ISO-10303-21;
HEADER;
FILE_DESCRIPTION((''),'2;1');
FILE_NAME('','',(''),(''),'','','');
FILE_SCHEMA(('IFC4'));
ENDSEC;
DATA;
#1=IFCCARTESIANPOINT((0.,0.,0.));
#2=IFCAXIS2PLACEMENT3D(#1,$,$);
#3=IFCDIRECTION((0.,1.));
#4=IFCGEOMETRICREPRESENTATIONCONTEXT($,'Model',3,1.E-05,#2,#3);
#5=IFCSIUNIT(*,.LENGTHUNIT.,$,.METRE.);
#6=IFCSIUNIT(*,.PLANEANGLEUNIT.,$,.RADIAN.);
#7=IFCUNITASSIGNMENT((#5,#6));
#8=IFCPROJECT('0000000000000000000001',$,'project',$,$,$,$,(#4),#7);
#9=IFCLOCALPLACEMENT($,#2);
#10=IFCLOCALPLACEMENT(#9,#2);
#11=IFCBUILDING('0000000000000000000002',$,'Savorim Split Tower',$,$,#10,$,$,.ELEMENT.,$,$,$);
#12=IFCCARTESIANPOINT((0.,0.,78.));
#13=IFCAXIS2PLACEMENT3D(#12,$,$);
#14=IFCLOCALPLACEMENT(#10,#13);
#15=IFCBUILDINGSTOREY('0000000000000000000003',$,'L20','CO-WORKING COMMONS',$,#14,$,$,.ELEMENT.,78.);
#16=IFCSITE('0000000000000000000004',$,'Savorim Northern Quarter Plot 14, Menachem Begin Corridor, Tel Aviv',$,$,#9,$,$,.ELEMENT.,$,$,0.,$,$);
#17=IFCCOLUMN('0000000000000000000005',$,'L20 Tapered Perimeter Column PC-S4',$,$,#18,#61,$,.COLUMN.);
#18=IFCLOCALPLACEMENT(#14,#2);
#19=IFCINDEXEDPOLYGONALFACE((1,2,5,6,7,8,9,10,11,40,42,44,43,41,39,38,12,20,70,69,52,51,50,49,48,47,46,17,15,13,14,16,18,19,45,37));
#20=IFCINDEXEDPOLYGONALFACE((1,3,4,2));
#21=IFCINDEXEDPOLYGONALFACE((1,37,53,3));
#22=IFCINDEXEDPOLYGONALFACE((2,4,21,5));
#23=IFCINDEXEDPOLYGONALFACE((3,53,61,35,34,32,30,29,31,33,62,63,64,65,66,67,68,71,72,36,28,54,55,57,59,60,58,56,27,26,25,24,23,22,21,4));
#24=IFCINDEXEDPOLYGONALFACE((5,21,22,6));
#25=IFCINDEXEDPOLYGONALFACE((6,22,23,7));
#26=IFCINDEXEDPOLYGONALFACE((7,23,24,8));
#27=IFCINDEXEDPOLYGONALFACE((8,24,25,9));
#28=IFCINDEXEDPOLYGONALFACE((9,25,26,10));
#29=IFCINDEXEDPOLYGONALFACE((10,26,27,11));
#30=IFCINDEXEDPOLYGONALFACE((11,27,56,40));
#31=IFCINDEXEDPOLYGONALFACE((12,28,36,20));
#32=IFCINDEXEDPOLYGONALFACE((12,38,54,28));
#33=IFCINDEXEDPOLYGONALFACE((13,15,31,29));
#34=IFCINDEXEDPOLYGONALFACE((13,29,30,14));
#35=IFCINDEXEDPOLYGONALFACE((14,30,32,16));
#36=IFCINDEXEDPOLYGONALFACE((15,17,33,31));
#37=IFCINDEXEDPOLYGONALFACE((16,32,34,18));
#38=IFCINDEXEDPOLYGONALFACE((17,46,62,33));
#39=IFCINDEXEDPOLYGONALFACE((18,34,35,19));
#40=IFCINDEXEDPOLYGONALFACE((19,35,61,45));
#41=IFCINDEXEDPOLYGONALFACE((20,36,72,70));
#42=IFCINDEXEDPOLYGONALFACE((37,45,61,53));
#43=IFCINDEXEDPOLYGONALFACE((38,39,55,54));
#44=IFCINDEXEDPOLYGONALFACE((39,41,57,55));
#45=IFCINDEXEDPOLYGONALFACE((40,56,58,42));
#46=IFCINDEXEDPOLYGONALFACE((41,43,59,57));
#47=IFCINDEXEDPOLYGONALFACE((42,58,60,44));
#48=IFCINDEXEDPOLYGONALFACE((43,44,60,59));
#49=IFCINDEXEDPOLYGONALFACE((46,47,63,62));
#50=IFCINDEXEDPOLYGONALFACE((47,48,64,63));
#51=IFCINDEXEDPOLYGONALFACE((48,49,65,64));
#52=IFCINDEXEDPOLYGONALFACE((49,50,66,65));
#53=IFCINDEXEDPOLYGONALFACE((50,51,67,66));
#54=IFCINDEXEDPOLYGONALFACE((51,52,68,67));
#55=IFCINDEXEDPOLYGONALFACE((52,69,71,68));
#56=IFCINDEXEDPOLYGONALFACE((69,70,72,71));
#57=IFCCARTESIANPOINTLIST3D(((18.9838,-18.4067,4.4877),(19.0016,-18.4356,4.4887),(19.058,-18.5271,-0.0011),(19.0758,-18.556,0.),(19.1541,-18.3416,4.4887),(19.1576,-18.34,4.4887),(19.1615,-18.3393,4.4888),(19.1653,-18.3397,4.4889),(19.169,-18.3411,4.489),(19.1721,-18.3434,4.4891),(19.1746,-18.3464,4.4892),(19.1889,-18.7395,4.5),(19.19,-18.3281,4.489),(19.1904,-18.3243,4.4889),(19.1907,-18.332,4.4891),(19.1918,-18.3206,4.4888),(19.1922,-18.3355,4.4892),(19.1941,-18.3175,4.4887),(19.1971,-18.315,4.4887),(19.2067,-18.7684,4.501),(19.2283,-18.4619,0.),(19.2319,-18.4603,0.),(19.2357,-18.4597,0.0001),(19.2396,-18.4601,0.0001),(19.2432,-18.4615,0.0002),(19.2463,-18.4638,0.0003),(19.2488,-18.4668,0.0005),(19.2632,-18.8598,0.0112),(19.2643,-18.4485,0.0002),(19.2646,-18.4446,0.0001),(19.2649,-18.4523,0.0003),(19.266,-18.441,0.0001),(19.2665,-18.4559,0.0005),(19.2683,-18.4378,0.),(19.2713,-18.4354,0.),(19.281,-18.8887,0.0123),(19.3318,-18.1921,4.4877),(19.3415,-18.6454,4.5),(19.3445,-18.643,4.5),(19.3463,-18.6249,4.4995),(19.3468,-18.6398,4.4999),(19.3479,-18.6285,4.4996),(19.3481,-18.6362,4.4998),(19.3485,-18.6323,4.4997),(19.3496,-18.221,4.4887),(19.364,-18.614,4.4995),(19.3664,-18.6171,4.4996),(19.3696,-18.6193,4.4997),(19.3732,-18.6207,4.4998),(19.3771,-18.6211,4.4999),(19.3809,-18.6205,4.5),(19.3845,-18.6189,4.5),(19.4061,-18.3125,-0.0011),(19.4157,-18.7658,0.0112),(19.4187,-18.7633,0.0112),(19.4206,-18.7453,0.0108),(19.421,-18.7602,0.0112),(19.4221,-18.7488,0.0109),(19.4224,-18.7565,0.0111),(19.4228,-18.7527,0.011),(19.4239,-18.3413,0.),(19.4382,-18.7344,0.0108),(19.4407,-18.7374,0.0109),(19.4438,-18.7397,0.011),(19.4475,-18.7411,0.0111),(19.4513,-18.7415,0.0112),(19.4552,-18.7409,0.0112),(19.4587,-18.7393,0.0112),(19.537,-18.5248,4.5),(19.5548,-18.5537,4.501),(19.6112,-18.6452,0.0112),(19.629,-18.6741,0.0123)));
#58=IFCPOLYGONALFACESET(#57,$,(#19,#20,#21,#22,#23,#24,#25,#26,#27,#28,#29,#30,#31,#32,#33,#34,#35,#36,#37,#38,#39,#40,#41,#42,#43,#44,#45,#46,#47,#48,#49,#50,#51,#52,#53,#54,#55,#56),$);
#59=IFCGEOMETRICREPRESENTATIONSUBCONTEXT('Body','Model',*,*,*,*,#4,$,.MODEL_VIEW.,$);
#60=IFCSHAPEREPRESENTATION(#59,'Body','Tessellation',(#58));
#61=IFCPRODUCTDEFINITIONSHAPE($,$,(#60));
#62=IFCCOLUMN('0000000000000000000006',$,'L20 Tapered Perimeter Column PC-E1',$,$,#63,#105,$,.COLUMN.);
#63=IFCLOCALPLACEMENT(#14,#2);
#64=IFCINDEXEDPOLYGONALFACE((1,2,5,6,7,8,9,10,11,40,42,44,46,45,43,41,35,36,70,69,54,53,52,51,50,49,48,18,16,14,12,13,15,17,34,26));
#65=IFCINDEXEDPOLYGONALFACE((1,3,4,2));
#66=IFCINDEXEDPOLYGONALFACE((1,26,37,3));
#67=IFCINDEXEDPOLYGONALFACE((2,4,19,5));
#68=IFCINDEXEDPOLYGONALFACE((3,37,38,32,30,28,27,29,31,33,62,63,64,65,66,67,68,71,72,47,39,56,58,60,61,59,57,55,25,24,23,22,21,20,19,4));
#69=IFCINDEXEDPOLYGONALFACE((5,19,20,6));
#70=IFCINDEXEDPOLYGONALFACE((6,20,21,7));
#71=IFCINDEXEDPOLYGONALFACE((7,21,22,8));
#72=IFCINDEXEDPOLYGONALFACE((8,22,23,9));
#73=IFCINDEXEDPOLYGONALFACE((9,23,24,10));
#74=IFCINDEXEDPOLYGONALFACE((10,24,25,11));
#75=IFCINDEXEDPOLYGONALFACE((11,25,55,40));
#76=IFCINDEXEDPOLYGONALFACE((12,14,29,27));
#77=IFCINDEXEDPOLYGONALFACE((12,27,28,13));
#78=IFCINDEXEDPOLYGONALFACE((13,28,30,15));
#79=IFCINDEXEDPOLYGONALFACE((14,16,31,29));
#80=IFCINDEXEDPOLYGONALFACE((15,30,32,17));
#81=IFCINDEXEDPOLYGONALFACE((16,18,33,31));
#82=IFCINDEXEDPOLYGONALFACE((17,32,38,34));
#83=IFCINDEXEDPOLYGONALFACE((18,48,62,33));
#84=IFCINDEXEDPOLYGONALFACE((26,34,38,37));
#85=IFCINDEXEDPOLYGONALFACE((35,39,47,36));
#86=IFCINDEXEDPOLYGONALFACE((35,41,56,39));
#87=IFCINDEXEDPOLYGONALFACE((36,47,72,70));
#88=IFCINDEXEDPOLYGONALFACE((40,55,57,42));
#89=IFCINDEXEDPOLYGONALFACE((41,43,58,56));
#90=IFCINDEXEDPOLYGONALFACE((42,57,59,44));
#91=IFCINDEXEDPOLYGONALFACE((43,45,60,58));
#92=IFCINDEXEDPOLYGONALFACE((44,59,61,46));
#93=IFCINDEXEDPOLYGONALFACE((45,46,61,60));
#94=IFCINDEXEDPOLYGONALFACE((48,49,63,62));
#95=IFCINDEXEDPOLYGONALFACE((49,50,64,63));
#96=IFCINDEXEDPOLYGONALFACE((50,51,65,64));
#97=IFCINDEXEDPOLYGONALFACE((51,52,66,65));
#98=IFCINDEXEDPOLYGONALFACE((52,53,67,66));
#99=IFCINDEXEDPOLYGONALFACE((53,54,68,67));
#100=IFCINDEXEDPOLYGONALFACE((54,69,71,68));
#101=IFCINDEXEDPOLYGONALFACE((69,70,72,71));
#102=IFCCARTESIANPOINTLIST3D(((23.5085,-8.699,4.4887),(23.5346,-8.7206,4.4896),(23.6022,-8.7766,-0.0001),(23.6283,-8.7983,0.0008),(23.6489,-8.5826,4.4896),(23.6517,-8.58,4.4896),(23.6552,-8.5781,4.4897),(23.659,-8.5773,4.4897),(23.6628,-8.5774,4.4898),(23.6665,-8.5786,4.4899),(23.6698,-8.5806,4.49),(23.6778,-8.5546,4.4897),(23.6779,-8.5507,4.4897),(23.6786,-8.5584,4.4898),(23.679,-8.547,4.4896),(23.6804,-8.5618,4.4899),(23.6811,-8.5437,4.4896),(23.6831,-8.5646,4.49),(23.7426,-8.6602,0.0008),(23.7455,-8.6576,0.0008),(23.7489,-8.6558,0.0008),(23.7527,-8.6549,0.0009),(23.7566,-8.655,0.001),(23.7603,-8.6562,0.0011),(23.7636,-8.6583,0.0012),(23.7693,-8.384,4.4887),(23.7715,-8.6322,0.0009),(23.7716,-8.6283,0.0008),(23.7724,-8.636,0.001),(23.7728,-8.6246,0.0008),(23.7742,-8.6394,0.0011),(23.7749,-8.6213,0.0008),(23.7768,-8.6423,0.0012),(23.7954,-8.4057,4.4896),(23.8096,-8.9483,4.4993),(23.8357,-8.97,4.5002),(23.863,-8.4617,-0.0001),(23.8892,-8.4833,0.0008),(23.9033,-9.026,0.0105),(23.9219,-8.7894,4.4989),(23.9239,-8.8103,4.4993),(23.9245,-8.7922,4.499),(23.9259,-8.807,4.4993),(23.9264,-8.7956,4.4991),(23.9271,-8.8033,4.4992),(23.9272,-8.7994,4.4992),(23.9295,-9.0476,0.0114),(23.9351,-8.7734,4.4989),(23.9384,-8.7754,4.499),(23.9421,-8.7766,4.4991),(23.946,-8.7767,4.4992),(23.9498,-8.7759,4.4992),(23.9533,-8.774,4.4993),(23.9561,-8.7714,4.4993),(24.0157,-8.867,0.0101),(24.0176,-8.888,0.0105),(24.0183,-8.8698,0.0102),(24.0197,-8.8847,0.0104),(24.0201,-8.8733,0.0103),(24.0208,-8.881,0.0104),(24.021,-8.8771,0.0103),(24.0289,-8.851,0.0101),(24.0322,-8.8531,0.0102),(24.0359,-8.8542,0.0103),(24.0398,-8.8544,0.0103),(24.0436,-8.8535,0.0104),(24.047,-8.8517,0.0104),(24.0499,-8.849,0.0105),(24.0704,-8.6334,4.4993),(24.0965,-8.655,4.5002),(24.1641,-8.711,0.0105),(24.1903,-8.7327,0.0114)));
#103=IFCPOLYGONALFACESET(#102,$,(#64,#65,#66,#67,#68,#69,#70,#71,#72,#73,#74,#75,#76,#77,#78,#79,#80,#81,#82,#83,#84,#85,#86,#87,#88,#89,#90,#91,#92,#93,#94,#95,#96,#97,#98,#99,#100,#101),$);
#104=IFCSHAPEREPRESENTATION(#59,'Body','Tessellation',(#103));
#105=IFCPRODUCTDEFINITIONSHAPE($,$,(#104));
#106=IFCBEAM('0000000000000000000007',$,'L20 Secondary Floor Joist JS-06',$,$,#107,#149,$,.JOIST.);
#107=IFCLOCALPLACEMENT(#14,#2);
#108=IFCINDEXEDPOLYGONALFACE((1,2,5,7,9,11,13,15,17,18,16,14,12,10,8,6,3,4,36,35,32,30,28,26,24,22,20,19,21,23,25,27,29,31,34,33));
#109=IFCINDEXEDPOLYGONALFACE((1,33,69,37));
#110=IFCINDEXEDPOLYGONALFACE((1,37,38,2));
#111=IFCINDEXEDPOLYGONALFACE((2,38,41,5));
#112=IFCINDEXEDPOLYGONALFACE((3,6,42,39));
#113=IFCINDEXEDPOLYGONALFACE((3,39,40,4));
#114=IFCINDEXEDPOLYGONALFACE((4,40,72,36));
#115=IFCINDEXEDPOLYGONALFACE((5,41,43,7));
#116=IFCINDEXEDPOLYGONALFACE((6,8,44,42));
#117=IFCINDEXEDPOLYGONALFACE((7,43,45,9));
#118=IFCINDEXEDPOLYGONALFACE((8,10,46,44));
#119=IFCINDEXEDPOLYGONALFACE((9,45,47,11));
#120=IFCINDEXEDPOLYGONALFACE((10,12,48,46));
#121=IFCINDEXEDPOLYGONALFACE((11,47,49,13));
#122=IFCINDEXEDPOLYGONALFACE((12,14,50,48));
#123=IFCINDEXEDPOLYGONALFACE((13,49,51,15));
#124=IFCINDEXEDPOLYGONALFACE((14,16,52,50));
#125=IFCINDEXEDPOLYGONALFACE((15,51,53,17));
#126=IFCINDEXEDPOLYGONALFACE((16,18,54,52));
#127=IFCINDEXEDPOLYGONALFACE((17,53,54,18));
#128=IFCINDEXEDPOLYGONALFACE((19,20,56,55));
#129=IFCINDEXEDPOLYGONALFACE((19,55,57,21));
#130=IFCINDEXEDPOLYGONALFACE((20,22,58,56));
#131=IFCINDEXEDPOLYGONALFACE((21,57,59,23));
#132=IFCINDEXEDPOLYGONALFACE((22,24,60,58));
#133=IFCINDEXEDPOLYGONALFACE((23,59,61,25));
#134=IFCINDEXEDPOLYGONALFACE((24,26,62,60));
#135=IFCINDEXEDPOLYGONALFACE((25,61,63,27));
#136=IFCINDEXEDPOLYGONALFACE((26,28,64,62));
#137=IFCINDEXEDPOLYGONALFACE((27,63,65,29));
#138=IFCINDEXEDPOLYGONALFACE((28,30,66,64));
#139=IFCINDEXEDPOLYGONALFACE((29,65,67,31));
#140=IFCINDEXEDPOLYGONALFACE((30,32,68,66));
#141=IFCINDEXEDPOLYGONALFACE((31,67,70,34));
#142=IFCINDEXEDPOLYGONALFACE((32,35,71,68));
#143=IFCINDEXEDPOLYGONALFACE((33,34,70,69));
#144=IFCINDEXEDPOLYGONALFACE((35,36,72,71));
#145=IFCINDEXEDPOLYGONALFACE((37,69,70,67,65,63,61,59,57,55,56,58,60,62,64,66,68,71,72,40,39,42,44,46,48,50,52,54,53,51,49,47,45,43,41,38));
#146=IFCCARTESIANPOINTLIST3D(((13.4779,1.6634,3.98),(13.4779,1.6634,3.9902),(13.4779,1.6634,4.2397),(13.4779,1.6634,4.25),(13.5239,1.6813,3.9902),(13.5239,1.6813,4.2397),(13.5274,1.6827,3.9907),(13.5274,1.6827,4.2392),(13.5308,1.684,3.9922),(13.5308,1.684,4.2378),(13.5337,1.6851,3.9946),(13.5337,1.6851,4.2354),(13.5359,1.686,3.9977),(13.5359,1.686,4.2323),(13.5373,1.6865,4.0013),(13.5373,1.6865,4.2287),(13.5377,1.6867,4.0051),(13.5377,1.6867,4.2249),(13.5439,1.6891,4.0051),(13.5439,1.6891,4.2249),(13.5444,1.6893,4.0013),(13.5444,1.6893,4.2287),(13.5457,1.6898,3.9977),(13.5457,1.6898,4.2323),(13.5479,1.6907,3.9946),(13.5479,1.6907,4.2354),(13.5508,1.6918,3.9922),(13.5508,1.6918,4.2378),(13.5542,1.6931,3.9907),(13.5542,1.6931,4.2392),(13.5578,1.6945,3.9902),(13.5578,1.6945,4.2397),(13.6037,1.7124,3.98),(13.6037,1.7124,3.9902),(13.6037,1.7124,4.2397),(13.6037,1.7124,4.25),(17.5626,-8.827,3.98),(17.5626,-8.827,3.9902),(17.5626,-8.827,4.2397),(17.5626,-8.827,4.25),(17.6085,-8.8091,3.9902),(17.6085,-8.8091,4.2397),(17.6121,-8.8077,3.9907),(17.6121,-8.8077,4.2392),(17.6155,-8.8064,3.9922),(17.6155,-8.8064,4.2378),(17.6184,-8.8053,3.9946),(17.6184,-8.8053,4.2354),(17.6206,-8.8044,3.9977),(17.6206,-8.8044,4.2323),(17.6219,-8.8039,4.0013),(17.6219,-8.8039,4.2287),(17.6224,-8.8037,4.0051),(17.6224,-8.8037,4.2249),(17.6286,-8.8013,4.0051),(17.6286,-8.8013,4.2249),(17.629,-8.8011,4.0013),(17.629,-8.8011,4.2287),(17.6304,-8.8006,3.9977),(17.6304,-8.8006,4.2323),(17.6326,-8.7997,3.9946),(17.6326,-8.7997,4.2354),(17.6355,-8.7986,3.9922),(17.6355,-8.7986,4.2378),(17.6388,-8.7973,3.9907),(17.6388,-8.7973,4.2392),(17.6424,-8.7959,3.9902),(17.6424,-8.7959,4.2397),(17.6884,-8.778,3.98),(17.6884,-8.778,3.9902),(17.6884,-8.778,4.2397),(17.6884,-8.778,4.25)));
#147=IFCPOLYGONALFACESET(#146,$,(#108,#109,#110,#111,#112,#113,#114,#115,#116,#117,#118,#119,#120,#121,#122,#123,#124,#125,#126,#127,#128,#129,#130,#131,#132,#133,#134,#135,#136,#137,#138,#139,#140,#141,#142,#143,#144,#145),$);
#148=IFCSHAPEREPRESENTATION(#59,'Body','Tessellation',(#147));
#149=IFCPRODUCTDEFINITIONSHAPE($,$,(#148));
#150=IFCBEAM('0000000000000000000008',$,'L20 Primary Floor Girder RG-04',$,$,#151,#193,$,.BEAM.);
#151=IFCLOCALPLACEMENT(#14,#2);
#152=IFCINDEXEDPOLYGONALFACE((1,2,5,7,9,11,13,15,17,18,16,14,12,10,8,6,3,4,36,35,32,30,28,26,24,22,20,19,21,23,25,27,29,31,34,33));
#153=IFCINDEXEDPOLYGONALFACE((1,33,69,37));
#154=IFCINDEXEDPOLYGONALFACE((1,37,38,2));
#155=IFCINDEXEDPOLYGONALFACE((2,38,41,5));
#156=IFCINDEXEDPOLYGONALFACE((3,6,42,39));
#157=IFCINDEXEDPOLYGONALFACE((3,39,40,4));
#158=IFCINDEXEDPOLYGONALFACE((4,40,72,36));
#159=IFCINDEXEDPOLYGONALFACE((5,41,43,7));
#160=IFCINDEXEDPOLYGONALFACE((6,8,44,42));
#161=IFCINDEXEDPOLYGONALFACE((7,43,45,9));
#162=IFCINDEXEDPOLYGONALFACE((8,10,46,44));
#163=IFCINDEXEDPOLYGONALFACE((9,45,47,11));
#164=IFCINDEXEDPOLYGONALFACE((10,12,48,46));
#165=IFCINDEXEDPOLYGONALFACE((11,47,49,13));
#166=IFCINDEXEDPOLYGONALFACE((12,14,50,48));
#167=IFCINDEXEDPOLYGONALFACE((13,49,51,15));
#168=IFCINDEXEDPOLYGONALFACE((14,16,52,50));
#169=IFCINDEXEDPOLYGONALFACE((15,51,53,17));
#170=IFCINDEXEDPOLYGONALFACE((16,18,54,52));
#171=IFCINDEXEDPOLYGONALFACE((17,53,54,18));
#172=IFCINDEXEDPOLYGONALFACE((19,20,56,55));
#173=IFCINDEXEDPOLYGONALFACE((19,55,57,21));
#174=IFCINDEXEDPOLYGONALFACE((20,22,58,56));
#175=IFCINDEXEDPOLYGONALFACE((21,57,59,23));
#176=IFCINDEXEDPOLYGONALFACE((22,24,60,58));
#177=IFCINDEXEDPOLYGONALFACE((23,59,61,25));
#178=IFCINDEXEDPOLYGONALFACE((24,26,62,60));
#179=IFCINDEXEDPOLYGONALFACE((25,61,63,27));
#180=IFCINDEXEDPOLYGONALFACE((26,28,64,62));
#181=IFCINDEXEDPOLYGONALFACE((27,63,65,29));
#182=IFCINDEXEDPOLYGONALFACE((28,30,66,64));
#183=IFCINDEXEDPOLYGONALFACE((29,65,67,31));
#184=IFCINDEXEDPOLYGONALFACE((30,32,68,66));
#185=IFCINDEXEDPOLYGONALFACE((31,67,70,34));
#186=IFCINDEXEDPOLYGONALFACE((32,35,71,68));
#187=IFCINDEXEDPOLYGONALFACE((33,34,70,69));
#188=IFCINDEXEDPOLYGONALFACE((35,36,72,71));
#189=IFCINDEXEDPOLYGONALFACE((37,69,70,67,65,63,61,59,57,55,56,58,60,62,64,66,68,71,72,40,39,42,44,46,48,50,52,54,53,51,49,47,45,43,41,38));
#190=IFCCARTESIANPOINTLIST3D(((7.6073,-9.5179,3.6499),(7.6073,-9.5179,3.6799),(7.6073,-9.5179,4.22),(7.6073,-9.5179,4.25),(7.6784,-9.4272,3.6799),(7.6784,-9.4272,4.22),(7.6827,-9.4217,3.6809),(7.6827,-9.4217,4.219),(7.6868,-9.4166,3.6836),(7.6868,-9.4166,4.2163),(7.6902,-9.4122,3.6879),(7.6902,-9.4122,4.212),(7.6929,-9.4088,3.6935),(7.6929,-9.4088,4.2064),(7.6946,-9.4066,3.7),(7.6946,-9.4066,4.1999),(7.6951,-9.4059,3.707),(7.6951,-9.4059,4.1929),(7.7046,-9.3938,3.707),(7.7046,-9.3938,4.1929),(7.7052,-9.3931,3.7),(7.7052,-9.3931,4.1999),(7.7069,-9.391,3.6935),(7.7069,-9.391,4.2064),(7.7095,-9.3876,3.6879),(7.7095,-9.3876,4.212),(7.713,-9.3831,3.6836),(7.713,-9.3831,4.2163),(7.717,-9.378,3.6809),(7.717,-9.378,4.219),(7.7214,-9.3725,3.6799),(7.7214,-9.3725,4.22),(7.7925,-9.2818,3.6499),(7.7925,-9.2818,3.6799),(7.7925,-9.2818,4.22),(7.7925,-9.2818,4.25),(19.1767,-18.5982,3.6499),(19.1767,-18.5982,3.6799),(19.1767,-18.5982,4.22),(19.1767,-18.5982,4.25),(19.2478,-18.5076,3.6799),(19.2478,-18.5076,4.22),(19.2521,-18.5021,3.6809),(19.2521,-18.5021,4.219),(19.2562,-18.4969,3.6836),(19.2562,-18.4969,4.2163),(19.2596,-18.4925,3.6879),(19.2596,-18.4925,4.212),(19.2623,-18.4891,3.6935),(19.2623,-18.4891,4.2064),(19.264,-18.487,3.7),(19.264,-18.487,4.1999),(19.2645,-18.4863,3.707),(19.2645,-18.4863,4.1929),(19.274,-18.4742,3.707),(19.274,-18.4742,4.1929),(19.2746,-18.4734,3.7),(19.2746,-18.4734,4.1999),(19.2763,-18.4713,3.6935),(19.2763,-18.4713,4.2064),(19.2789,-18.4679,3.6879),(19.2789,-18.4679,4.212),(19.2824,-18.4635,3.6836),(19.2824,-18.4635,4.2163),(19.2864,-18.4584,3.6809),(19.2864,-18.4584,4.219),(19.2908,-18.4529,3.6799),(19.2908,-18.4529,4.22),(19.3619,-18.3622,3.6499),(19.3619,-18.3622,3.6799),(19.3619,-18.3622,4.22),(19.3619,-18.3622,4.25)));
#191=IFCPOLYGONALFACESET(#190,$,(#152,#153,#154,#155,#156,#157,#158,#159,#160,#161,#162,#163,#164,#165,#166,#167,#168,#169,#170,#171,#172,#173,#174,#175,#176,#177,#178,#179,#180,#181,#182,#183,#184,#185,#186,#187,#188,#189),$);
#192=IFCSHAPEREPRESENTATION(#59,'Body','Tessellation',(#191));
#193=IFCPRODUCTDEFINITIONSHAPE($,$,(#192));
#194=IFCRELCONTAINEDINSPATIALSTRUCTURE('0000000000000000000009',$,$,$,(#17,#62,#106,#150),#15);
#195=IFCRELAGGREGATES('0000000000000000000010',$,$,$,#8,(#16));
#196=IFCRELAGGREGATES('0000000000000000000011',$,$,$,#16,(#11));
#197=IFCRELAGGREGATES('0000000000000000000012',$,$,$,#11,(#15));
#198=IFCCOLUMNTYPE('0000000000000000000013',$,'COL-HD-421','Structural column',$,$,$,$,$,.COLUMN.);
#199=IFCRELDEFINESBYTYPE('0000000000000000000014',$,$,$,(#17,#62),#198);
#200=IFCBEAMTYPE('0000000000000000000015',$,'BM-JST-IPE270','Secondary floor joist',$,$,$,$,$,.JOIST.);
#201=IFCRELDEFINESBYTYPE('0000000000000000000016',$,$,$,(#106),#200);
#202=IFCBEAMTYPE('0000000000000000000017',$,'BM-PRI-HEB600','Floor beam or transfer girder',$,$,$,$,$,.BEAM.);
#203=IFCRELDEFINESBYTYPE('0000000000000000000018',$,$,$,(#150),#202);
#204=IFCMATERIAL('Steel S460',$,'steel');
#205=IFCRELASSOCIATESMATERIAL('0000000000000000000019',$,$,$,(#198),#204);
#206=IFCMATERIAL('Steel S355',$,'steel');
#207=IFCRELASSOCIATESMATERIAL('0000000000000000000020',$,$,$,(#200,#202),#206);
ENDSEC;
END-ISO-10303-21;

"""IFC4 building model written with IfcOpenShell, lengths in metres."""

from ifc_helpers import new_model, si_unit, direction, frame, origin, origin_2d, place, context, subcontext, project, spatial, i_section, extrude, material, material_profile, profile_set, type_object, element, save


model = new_model("IFC4")

# Units and contexts
model_context = context("Model", 3, precision=1e-05, world=origin(), true_north=direction((0.0, 1.0)))
body_context = subcontext(model_context, "Body", "Model", "MODEL_VIEW")
ifc_project = project(units=[si_unit("LENGTHUNIT", "METRE"), si_unit("PLANEANGLEUNIT", "RADIAN")], contexts=[model_context])

# Site, building, storey
site_placement = place(None, origin())
site = spatial("IfcSite", under=ifc_project, at=site_placement, Name="Savorim Northern Quarter Plot 14, Menachem Begin Corridor, Tel Aviv", CompositionType="ELEMENT", RefElevation=0.0)
building_placement = place(site_placement, origin())
building = spatial("IfcBuilding", under=site, at=building_placement, Name="Savorim Split Tower", CompositionType="ELEMENT")
storey_placement = place(building_placement, frame((0.0, 0.0, 78.0)))
storey = spatial("IfcBuildingStorey", under=building, at=storey_placement, Name="L20", Description="CO-WORKING COMMONS", CompositionType="ELEMENT", Elevation=78.0)

# Columns
ifc_material_1 = material(Name="Steel S460", Category="steel")
ifc_material_profile_1 = material_profile(ifc_material_1, i_section(OverallWidth=0.4089, OverallDepth=0.425, WebThickness=0.0208, FlangeThickness=0.0339, FilletRadius=0.0149, at=origin_2d()), Name="HD 400x421")
ifc_profile_set_1 = profile_set([ifc_material_profile_1], Name="Steel S460")
column_type = type_object("IfcColumnType", Name="COL-HD-421", Description="Structural column", PredefinedType="COLUMN", material=ifc_profile_set_1)
column_1_placement = place(storey_placement, frame((19.3435, -18.6006, 0.0056), z_axis=(-0.016526, 0.026801, 0.999504), x_axis=(-0.851184, -0.524868, 0.0)))
element("IfcColumn", 1, at=column_1_placement, inside=storey, type_object=column_type, Name="L20 Tapered Perimeter Column PC-S4", PredefinedType="COLUMN", context=body_context, shape_type="SweptSolid", body=[
    extrude(i_section(OverallWidth=0.4089, OverallDepth=0.425, WebThickness=0.0208, FlangeThickness=0.0339, FilletRadius=0.0149, at=origin_2d()), origin(), (0.0, 0.0, 1.0), 4.491),
])
column_2_placement = place(storey_placement, frame((23.8962, -8.7546, 0.0056), z_axis=(-0.020878, 0.017289, 0.999633), x_axis=(-0.637814, -0.77019, 0.0)))
element("IfcColumn", 2, at=column_2_placement, inside=storey, type_object=column_type, Name="L20 Tapered Perimeter Column PC-E1", PredefinedType="COLUMN", context=body_context, shape_type="SweptSolid", body=[
    extrude(i_section(OverallWidth=0.4089, OverallDepth=0.425, WebThickness=0.0208, FlangeThickness=0.0339, FilletRadius=0.0149, at=origin_2d()), origin(), (0.0, 0.0, 1.0), 4.4905),
])

# Beams
ifc_material_2 = material(Name="Steel S355", Category="steel")
ifc_material_profile_2 = material_profile(ifc_material_2, i_section(OverallWidth=0.135, OverallDepth=0.27, WebThickness=0.0066, FlangeThickness=0.0103, FilletRadius=0.0149, at=origin_2d()), Name="IPE 270")
ifc_profile_set_2 = profile_set([ifc_material_profile_2], Name="Steel S355")
beam_type_1 = type_object("IfcBeamType", Name="BM-JST-IPE270", Description="Secondary floor joist", PredefinedType="JOIST", material=ifc_profile_set_2)
beam_1_placement = place(storey_placement, frame((17.6255, -8.8025, 4.115), z_axis=(-0.362839, 0.931852, 0.0), x_axis=(-0.931852, -0.362839, 0.0)))
element("IfcBeam", 3, at=beam_1_placement, inside=storey, type_object=beam_type_1, Name="L20 Secondary Floor Joist JS-06", PredefinedType="JOIST", context=body_context, shape_type="SweptSolid", body=[
    extrude(i_section(OverallWidth=0.135, OverallDepth=0.27, WebThickness=0.0066, FlangeThickness=0.0103, FilletRadius=0.0149, at=origin_2d()), origin(), (0.0, 0.0, 1.0), 11.2576),
])
ifc_material_profile_3 = material_profile(ifc_material_2, i_section(OverallWidth=0.3, OverallDepth=0.6001, WebThickness=0.0154, FlangeThickness=0.03, FilletRadius=0.0271, at=origin_2d()), Name="HEB 600")
ifc_profile_set_3 = profile_set([ifc_material_profile_3], Name="Steel S355")
beam_type_2 = type_object("IfcBeamType", Name="BM-PRI-HEB600", Description="Floor beam or transfer girder", PredefinedType="BEAM", material=ifc_profile_set_3)
beam_2_placement = place(storey_placement, frame((19.2693, -18.4802, 3.95), z_axis=(-0.786644, 0.617407, 0.0), x_axis=(-0.617407, -0.786644, 0.0)))
element("IfcBeam", 4, at=beam_2_placement, inside=storey, type_object=beam_type_2, Name="L20 Primary Floor Girder RG-04", PredefinedType="BEAM", context=body_context, shape_type="SweptSolid", body=[
    extrude(i_section(OverallWidth=0.3, OverallDepth=0.6001, WebThickness=0.0154, FlangeThickness=0.03, FilletRadius=0.0271, at=origin_2d()), origin(), (0.0, 0.0, 1.0), 14.7073),
])

save(model, "model.ifc")
